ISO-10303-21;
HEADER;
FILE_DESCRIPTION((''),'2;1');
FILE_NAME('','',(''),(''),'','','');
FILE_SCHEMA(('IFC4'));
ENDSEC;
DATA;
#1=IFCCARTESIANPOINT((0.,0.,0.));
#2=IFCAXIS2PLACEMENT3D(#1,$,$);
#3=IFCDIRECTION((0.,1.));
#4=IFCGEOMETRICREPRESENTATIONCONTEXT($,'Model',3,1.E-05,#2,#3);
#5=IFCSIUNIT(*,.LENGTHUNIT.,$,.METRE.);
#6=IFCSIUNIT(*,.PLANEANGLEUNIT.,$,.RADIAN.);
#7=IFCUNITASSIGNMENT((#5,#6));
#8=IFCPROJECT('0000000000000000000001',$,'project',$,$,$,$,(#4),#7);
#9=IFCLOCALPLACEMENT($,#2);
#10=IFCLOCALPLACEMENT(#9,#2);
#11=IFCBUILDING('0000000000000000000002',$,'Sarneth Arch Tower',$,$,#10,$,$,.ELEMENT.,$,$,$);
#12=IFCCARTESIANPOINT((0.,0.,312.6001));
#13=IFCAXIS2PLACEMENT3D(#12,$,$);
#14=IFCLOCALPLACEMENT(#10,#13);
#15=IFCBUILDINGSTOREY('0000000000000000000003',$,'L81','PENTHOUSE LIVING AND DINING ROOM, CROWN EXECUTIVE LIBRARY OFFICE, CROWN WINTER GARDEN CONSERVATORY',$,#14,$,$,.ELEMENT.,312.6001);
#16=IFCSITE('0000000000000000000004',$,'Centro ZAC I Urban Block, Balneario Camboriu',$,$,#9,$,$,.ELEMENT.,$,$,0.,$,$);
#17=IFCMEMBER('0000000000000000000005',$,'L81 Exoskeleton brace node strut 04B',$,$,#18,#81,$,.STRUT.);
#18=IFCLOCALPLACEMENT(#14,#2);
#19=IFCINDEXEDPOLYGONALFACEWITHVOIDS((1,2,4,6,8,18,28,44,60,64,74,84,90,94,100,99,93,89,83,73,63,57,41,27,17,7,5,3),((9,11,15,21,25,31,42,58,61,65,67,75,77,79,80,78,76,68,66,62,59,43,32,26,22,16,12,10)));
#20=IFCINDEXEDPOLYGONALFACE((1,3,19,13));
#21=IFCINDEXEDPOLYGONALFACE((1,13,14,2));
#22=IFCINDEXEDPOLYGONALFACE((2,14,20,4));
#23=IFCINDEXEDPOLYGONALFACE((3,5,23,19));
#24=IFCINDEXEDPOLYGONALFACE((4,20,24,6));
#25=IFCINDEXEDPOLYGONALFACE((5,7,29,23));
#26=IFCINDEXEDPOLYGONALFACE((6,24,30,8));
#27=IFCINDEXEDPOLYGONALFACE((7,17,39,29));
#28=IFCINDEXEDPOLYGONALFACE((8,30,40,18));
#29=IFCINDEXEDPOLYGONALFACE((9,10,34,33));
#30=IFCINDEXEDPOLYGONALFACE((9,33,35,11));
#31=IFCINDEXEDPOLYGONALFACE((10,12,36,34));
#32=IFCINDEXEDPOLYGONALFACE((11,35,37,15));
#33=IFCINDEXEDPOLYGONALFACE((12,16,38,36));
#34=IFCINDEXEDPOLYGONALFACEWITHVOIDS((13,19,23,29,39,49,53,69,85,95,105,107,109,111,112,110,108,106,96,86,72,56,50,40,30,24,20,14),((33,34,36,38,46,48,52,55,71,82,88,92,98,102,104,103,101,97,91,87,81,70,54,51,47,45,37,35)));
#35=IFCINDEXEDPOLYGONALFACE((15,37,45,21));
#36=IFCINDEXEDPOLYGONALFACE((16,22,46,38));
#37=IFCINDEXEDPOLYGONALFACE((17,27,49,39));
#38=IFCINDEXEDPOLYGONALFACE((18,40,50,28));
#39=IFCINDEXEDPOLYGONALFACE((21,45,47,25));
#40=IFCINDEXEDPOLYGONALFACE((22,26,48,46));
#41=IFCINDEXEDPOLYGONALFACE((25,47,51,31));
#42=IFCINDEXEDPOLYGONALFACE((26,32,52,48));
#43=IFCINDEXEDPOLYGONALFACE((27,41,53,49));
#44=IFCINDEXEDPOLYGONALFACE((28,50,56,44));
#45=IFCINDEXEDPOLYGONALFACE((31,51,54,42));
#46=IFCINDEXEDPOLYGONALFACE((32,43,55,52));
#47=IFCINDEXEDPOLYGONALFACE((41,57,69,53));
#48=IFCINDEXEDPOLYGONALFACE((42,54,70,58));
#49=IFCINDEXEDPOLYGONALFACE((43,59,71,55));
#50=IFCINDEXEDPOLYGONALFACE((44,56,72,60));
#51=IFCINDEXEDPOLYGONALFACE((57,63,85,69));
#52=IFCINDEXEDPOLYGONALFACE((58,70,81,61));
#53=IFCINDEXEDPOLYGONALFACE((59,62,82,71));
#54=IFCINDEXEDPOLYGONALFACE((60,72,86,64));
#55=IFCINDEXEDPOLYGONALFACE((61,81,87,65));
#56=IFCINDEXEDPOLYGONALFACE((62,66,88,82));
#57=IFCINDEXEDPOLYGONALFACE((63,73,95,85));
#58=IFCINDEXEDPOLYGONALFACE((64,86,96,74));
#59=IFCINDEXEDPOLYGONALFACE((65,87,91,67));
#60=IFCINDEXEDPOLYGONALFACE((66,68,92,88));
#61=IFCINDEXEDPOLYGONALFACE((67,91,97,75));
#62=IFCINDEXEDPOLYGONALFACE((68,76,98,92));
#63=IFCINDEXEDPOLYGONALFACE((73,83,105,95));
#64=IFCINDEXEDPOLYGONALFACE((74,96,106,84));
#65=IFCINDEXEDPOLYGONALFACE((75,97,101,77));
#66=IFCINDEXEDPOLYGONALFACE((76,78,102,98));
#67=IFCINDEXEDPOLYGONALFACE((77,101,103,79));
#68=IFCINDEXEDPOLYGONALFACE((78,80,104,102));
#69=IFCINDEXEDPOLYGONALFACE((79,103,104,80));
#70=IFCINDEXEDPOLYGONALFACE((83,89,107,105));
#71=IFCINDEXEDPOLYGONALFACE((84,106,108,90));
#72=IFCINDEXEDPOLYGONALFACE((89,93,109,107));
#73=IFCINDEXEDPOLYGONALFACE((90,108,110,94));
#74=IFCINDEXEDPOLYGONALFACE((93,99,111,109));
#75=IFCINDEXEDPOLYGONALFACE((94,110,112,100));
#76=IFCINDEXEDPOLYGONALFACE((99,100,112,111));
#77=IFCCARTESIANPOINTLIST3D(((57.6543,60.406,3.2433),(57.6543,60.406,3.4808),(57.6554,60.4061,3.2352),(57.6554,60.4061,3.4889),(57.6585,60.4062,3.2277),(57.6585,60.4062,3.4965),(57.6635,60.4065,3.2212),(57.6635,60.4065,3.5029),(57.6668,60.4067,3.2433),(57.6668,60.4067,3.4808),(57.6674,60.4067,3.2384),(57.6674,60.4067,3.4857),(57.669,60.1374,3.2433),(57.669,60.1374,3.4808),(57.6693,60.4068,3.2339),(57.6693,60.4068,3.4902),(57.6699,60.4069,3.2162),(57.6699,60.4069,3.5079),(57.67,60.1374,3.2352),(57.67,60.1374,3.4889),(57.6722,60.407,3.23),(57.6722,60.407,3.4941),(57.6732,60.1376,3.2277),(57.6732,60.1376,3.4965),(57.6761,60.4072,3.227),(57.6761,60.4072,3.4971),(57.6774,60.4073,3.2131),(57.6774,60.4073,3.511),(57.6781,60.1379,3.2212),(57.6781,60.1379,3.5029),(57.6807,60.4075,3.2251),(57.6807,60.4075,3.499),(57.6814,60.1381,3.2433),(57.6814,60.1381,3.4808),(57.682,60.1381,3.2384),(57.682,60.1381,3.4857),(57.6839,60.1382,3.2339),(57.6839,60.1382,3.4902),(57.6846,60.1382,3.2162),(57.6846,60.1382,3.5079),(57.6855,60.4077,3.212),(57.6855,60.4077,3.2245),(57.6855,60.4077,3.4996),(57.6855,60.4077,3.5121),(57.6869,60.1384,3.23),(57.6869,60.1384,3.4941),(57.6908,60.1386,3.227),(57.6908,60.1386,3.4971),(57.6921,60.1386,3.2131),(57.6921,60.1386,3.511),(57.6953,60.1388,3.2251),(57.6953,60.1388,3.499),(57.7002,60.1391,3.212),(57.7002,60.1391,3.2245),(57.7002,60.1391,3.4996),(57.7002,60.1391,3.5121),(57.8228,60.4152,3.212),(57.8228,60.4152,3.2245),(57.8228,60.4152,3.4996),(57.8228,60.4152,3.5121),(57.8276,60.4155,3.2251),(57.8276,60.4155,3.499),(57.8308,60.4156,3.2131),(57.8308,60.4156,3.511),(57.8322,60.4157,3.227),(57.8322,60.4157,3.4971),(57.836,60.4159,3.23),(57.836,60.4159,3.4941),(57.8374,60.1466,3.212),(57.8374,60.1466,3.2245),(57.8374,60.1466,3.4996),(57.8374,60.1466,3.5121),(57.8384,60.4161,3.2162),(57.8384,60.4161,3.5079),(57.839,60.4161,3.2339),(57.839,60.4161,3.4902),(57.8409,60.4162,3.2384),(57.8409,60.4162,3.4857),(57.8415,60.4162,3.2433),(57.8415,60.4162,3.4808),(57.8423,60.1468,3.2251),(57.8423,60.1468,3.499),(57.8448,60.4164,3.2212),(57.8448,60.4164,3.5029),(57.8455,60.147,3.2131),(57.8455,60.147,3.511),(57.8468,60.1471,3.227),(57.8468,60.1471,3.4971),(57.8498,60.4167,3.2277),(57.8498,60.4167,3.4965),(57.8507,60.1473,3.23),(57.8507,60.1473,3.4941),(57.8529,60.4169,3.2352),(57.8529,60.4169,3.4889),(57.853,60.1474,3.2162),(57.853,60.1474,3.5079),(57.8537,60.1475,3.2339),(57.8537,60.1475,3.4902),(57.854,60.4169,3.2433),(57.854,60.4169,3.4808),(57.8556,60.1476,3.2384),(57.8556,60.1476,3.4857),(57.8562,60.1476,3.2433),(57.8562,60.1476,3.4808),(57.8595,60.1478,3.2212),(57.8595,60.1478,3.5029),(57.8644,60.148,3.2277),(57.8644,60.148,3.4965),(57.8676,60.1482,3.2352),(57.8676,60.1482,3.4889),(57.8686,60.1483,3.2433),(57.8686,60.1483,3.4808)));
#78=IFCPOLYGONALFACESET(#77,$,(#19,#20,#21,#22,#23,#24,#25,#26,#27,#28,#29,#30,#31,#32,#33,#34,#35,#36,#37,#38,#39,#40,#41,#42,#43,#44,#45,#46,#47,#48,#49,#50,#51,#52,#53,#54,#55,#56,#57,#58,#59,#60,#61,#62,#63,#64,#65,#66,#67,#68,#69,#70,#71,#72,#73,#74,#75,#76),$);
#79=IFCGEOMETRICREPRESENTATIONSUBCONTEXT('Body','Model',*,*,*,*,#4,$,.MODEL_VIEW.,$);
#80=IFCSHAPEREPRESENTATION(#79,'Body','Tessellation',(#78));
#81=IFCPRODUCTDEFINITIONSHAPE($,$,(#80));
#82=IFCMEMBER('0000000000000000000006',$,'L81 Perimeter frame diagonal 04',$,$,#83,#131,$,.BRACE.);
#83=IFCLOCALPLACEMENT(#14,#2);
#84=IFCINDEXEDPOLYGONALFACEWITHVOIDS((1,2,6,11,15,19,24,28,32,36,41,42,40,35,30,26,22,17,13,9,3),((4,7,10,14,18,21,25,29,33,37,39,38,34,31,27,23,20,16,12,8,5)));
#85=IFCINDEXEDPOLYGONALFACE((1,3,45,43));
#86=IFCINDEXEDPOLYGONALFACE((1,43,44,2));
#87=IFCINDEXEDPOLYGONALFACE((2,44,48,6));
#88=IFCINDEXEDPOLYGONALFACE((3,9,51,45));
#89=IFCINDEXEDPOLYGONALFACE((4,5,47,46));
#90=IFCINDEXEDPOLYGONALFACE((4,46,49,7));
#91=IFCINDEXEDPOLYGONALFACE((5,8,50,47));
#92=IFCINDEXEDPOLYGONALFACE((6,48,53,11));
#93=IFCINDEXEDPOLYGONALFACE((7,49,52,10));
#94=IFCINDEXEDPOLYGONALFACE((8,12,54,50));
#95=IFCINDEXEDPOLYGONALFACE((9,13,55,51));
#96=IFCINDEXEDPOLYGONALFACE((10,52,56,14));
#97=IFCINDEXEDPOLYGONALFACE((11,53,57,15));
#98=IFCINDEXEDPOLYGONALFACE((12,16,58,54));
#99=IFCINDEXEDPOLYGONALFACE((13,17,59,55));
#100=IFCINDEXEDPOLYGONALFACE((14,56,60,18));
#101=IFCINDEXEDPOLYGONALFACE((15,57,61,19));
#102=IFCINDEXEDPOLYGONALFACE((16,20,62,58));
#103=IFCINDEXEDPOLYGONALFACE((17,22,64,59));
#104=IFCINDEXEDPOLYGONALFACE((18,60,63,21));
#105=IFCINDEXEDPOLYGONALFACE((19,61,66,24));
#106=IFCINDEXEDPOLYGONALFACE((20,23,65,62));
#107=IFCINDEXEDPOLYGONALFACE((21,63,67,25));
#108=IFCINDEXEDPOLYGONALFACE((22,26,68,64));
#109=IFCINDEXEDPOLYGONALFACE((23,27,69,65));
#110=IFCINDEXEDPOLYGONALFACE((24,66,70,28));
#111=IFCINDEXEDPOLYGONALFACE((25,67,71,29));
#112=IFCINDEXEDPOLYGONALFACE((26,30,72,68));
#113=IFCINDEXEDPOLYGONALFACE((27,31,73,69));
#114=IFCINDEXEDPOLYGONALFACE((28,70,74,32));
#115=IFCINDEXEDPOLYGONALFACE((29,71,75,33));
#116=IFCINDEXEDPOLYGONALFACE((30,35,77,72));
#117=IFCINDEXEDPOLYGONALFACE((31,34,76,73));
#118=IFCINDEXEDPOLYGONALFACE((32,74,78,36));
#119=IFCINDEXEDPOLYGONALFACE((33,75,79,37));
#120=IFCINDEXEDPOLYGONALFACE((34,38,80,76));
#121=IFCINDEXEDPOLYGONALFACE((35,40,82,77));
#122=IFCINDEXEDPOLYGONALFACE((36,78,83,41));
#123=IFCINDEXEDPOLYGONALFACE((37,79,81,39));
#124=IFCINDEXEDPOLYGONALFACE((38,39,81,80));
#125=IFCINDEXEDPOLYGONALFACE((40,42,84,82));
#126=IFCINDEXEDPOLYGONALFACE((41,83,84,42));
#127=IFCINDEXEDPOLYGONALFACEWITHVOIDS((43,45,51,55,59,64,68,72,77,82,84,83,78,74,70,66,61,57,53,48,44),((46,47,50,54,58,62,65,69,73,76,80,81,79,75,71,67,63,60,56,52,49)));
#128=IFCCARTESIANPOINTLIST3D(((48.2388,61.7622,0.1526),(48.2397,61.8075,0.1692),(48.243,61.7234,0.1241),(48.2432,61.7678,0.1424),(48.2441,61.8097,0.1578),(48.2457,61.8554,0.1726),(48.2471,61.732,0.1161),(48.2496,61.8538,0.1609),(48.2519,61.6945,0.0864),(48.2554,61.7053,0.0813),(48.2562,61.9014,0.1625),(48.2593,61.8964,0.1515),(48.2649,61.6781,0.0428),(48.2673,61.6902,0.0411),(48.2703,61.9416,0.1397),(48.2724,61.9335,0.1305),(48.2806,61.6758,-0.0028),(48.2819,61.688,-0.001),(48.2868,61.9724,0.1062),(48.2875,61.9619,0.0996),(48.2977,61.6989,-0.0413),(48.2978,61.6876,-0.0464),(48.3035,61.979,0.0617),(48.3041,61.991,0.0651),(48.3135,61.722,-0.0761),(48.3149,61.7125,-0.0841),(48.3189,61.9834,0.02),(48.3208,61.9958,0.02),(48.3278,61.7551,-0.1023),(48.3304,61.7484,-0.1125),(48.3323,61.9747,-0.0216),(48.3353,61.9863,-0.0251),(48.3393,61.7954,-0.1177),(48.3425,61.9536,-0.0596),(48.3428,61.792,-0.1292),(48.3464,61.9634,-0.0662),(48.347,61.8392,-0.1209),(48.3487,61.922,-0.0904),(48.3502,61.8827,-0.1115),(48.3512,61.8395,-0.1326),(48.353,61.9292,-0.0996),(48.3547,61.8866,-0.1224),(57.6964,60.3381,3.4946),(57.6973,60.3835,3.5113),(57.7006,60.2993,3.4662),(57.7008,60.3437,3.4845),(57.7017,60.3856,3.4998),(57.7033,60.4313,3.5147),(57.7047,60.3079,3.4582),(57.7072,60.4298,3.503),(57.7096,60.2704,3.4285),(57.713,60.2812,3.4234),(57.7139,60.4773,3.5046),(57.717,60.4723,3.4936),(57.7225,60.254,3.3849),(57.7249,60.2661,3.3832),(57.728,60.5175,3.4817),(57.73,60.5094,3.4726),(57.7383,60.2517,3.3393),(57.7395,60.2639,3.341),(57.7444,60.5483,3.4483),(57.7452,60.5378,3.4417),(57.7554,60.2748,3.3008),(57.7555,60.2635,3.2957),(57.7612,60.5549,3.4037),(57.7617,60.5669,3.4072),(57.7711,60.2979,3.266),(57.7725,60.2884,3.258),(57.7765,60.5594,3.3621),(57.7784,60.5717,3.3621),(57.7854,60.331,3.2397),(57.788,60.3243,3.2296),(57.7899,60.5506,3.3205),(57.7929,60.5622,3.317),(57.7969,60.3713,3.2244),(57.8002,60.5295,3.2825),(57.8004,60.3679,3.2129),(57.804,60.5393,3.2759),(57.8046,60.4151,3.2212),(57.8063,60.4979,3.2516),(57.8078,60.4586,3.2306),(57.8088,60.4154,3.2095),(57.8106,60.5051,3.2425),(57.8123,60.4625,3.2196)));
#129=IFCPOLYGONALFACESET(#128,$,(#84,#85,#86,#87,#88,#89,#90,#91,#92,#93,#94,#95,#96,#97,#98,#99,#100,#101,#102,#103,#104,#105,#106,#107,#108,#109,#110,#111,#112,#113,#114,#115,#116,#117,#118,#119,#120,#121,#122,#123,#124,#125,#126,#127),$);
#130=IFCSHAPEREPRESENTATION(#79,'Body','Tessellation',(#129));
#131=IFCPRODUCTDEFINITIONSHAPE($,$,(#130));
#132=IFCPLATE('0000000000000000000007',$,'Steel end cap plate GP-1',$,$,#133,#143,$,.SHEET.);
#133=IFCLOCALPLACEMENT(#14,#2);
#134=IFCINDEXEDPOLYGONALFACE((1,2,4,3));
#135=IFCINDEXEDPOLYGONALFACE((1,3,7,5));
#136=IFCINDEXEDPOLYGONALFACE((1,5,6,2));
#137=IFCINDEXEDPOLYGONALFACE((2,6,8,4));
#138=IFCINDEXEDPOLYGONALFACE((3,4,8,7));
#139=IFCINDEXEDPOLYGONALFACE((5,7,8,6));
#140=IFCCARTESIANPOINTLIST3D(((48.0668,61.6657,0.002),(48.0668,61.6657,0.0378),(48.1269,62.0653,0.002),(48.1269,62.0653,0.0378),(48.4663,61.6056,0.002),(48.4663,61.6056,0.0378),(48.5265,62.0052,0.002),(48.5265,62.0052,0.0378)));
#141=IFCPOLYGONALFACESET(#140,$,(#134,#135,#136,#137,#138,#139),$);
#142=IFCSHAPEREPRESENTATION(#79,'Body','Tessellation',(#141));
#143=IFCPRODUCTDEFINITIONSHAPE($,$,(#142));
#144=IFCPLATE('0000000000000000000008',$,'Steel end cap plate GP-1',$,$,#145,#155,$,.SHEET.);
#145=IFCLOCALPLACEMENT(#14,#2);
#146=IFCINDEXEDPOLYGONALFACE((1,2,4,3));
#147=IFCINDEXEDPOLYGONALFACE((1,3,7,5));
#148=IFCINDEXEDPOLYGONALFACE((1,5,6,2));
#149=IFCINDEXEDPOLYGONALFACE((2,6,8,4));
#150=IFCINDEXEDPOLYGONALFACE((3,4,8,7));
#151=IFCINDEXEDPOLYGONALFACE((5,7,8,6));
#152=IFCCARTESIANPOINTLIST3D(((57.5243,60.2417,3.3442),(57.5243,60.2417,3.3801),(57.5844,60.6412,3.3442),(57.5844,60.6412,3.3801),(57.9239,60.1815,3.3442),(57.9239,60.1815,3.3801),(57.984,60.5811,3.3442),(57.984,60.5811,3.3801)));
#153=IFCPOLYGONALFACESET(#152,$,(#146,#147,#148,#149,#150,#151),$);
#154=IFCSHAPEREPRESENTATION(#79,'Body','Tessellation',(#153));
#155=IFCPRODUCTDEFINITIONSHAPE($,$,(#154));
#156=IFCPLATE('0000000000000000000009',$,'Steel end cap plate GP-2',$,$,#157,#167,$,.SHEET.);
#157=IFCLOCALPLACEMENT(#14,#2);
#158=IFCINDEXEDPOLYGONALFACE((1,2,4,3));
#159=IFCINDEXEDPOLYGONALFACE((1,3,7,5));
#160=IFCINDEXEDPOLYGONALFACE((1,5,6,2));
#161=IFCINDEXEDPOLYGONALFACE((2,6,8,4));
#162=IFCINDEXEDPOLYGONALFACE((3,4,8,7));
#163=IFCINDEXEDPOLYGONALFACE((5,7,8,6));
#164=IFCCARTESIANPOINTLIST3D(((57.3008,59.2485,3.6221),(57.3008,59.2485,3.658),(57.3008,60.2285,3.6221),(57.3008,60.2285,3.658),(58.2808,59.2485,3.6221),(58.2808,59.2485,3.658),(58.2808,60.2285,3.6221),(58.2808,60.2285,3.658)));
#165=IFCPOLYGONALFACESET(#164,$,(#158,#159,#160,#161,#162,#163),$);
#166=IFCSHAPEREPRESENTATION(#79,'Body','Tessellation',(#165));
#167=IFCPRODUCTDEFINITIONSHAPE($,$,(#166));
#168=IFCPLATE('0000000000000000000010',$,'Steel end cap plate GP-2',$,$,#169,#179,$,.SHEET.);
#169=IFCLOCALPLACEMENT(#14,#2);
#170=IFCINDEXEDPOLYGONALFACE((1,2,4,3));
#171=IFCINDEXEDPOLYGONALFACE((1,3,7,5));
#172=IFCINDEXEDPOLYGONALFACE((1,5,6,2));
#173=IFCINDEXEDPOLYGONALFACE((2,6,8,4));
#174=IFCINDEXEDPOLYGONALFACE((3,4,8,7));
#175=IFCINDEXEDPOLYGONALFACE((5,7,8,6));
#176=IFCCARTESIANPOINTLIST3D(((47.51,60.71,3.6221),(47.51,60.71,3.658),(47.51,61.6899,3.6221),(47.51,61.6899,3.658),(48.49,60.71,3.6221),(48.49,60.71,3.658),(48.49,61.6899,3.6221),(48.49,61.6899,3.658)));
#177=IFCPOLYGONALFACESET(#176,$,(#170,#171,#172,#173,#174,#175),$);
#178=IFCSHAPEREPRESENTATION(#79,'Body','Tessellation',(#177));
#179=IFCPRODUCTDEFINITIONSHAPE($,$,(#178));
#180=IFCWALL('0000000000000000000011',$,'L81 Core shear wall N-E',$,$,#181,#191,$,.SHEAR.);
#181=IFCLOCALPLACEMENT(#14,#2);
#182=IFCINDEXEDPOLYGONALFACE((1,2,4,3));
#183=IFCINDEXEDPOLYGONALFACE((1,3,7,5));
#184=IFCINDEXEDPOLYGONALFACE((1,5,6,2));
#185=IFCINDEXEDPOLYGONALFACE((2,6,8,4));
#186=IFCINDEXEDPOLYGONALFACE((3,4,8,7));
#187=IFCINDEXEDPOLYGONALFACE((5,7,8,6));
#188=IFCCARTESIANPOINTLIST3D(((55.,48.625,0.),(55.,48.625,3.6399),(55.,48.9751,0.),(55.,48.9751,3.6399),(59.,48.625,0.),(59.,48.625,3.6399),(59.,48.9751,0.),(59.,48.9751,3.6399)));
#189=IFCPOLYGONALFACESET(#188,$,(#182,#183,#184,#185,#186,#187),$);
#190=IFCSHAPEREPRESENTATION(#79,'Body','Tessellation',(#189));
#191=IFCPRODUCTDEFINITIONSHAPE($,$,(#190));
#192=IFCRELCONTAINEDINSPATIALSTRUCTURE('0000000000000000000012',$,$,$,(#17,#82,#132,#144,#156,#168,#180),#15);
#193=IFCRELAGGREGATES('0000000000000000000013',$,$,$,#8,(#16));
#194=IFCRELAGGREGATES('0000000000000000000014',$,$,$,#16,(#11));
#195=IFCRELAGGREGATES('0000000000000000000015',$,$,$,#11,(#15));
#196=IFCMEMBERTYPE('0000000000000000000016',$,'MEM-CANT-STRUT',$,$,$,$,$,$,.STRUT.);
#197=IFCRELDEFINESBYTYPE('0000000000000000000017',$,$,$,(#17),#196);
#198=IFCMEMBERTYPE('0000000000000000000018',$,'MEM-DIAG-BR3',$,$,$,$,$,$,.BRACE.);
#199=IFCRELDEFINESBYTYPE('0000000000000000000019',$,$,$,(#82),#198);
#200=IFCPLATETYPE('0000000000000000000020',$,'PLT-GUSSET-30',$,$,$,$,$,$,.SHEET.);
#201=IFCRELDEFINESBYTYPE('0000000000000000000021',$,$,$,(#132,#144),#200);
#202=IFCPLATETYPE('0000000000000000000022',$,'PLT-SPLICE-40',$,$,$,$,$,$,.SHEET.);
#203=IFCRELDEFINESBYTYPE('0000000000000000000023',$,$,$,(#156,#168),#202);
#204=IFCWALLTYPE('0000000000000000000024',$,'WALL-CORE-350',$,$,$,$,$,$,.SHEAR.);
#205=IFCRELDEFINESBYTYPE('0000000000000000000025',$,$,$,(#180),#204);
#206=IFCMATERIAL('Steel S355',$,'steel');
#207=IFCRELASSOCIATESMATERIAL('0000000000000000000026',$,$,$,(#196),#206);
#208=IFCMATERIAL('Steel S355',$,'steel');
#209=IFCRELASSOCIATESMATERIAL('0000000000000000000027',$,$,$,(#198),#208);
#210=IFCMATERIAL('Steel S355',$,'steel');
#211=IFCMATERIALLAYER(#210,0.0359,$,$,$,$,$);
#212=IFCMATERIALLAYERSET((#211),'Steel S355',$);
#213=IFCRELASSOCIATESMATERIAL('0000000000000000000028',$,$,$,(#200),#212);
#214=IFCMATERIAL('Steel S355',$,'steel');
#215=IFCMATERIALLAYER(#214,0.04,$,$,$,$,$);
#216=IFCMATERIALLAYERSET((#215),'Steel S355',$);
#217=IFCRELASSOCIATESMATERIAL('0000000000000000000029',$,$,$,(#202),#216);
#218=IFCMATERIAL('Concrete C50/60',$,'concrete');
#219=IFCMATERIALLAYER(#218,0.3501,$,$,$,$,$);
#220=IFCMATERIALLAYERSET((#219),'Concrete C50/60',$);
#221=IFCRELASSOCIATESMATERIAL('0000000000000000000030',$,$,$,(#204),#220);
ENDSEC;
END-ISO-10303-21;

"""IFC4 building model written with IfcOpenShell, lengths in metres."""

from ifc_helpers import new_model, si_unit, direction, frame, frame_2d, origin, origin_2d, place, context, subcontext, project, spatial, rectangle, hollow_rectangle, hollow_circle, extrude, material, layer, layer_set, material_profile, profile_set, type_object, element, save


model = new_model("IFC4")

# Units and contexts
model_context = context("Model", 3, precision=1e-05, world=origin(), true_north=direction((0.0, 1.0)))
body_context = subcontext(model_context, "Body", "Model", "MODEL_VIEW")
ifc_project = project(units=[si_unit("LENGTHUNIT", "METRE"), si_unit("PLANEANGLEUNIT", "RADIAN")], contexts=[model_context])

# Site, building, storey
site_placement = place(None, origin())
site = spatial("IfcSite", under=ifc_project, at=site_placement, Name="Centro ZAC I Urban Block, Balneario Camboriu", CompositionType="ELEMENT", RefElevation=0.0)
building_placement = place(site_placement, origin())
building = spatial("IfcBuilding", under=site, at=building_placement, Name="Sarneth Arch Tower", CompositionType="ELEMENT")
storey_placement = place(building_placement, frame((0.0, 0.0, 312.6001)))
storey = spatial("IfcBuildingStorey", under=building, at=storey_placement, Name="L81", Description="PENTHOUSE LIVING AND DINING ROOM, CROWN EXECUTIVE LIBRARY OFFICE, CROWN WINTER GARDEN CONSERVATORY", CompositionType="ELEMENT", Elevation=312.6001)

# Members
ifc_material_1 = material(Name="Steel S355", Category="steel")
ifc_material_profile_1 = material_profile(ifc_material_1, hollow_rectangle(XDim=0.2, YDim=0.3, WallThickness=0.0125, InnerFilletRadius=0.0188, OuterFilletRadius=0.0312, at=origin_2d()), Name="RHS300x200x12.5")
ifc_profile_set_1 = profile_set([ifc_material_profile_1], Name="Steel S355")
member_type_1 = type_object("IfcMemberType", Name="MEM-CANT-STRUT", PredefinedType="STRUT", material=ifc_profile_set_1)
member_1_placement = place(storey_placement, frame((57.7688, 60.1428, 3.3621), z_axis=(-0.054464, 0.998516, 0.0), x_axis=(-0.998516, -0.054464, 0.0)))
element("IfcMember", 1, at=member_1_placement, inside=storey, type_object=member_type_1, Name="L81 Exoskeleton brace node strut 04B", PredefinedType="STRUT", context=body_context, shape_type="SweptSolid", body=[
    extrude(hollow_rectangle(XDim=0.2, YDim=0.3, WallThickness=0.0125, InnerFilletRadius=0.0188, OuterFilletRadius=0.0312, at=origin_2d()), origin(), (0.0, 0.0, 1.0), 0.269),
])
ifc_material_2 = material(Name="Steel S355", Category="steel")
ifc_material_profile_2 = material_profile(ifc_material_2, hollow_circle(Radius=0.1621, WallThickness=0.0125, at=origin_2d()), Name="CHS324x12.5")
ifc_profile_set_2 = profile_set([ifc_material_profile_2], Name="Steel S355")
member_type_2 = type_object("IfcMemberType", Name="MEM-DIAG-BR3", PredefinedType="BRACE", material=ifc_profile_set_2)
member_2_placement = place(storey_placement, frame((48.2966, 61.8354, 0.02), z_axis=(0.933501, -0.140563, 0.329875), x_axis=(0.148897, 0.988853, 0.0)))
element("IfcMember", 2, at=member_2_placement, inside=storey, type_object=member_type_2, Name="L81 Perimeter frame diagonal 04", PredefinedType="BRACE", context=body_context, shape_type="SweptSolid", body=[
    extrude(hollow_circle(Radius=0.1621, WallThickness=0.0125, at=origin_2d()), origin(), (0.0, 0.0, 1.0), 10.1313),
])

# Plates
ifc_material_3 = material(Name="Steel S355", Category="steel")
ifc_layer_1 = layer(ifc_material_3, 0.0359)
ifc_layer_set_1 = layer_set([ifc_layer_1], Name="Steel S355")
plate_type_1 = type_object("IfcPlateType", Name="PLT-GUSSET-30", PredefinedType="SHEET", material=ifc_layer_set_1)
for number, where, z_axis, x_axis, name in (
    (3, (48.2966, 61.8354, 0.002), (0.0, 0.0, 1.0), (-0.988861, 0.148845, 0.0), "Steel end cap plate GP-1"),
    (4, (57.7542, 60.4114, 3.3442), (0.0, 0.0, 1.0), (-0.988861, 0.148845, 0.0), "Steel end cap plate GP-1"),
):
    element("IfcPlate", number, at=place(storey_placement, frame(where, z_axis=z_axis, x_axis=x_axis)), inside=storey, type_object=plate_type_1, Name=name, PredefinedType="SHEET", context=body_context, shape_type="SweptSolid", body=[
        extrude(rectangle(XDim=0.4041, YDim=0.4041, at=origin_2d()), origin(), (0.0, 0.0, 1.0), 0.0359),
    ])
ifc_material_4 = material(Name="Steel S355", Category="steel")
ifc_layer_2 = layer(ifc_material_4, 0.04)
ifc_layer_set_2 = layer_set([ifc_layer_2], Name="Steel S355")
plate_type_2 = type_object("IfcPlateType", Name="PLT-SPLICE-40", PredefinedType="SHEET", material=ifc_layer_set_2)
for number, where, z_axis, x_axis, name in (
    (5, (57.7908, 59.7385, 3.6221), (0.0, 0.0, 1.0), (1.0, 0.0, 0.0), "Steel end cap plate GP-2"),
    (6, (48.0, 61.2, 3.6221), (0.0, 0.0, 1.0), (1.0, 0.0, 0.0), "Steel end cap plate GP-2"),
):
    element("IfcPlate", number, at=place(storey_placement, frame(where, z_axis=z_axis, x_axis=x_axis)), inside=storey, type_object=plate_type_2, Name=name, PredefinedType="SHEET", context=body_context, shape_type="SweptSolid", body=[
        extrude(rectangle(XDim=0.98, YDim=0.98, at=origin_2d()), origin(), (0.0, 0.0, 1.0), 0.0359),
    ])

# Wall
ifc_material_5 = material(Name="Concrete C50/60", Category="concrete")
ifc_layer_3 = layer(ifc_material_5, 0.3501)
ifc_layer_set_3 = layer_set([ifc_layer_3], Name="Concrete C50/60")
wall_type_1 = type_object("IfcWallType", Name="WALL-CORE-350", PredefinedType="SHEAR", material=ifc_layer_set_3)
wall_1_placement = place(storey_placement, frame((55.0, 48.8, 0.0), z_axis=(0.0, 0.0, 1.0), x_axis=(1.0, 0.0, 0.0)))
element("IfcWall", 7, at=wall_1_placement, inside=storey, type_object=wall_type_1, Name="L81 Core shear wall N-E", PredefinedType="SHEAR", context=body_context, shape_type="SweptSolid", body=[
    extrude(rectangle(XDim=4.0, YDim=0.3501, at=frame_2d((2.0, 0.0))), origin(), (0.0, 0.0, 1.0), 3.6399),
])

save(model, "model.ifc")
